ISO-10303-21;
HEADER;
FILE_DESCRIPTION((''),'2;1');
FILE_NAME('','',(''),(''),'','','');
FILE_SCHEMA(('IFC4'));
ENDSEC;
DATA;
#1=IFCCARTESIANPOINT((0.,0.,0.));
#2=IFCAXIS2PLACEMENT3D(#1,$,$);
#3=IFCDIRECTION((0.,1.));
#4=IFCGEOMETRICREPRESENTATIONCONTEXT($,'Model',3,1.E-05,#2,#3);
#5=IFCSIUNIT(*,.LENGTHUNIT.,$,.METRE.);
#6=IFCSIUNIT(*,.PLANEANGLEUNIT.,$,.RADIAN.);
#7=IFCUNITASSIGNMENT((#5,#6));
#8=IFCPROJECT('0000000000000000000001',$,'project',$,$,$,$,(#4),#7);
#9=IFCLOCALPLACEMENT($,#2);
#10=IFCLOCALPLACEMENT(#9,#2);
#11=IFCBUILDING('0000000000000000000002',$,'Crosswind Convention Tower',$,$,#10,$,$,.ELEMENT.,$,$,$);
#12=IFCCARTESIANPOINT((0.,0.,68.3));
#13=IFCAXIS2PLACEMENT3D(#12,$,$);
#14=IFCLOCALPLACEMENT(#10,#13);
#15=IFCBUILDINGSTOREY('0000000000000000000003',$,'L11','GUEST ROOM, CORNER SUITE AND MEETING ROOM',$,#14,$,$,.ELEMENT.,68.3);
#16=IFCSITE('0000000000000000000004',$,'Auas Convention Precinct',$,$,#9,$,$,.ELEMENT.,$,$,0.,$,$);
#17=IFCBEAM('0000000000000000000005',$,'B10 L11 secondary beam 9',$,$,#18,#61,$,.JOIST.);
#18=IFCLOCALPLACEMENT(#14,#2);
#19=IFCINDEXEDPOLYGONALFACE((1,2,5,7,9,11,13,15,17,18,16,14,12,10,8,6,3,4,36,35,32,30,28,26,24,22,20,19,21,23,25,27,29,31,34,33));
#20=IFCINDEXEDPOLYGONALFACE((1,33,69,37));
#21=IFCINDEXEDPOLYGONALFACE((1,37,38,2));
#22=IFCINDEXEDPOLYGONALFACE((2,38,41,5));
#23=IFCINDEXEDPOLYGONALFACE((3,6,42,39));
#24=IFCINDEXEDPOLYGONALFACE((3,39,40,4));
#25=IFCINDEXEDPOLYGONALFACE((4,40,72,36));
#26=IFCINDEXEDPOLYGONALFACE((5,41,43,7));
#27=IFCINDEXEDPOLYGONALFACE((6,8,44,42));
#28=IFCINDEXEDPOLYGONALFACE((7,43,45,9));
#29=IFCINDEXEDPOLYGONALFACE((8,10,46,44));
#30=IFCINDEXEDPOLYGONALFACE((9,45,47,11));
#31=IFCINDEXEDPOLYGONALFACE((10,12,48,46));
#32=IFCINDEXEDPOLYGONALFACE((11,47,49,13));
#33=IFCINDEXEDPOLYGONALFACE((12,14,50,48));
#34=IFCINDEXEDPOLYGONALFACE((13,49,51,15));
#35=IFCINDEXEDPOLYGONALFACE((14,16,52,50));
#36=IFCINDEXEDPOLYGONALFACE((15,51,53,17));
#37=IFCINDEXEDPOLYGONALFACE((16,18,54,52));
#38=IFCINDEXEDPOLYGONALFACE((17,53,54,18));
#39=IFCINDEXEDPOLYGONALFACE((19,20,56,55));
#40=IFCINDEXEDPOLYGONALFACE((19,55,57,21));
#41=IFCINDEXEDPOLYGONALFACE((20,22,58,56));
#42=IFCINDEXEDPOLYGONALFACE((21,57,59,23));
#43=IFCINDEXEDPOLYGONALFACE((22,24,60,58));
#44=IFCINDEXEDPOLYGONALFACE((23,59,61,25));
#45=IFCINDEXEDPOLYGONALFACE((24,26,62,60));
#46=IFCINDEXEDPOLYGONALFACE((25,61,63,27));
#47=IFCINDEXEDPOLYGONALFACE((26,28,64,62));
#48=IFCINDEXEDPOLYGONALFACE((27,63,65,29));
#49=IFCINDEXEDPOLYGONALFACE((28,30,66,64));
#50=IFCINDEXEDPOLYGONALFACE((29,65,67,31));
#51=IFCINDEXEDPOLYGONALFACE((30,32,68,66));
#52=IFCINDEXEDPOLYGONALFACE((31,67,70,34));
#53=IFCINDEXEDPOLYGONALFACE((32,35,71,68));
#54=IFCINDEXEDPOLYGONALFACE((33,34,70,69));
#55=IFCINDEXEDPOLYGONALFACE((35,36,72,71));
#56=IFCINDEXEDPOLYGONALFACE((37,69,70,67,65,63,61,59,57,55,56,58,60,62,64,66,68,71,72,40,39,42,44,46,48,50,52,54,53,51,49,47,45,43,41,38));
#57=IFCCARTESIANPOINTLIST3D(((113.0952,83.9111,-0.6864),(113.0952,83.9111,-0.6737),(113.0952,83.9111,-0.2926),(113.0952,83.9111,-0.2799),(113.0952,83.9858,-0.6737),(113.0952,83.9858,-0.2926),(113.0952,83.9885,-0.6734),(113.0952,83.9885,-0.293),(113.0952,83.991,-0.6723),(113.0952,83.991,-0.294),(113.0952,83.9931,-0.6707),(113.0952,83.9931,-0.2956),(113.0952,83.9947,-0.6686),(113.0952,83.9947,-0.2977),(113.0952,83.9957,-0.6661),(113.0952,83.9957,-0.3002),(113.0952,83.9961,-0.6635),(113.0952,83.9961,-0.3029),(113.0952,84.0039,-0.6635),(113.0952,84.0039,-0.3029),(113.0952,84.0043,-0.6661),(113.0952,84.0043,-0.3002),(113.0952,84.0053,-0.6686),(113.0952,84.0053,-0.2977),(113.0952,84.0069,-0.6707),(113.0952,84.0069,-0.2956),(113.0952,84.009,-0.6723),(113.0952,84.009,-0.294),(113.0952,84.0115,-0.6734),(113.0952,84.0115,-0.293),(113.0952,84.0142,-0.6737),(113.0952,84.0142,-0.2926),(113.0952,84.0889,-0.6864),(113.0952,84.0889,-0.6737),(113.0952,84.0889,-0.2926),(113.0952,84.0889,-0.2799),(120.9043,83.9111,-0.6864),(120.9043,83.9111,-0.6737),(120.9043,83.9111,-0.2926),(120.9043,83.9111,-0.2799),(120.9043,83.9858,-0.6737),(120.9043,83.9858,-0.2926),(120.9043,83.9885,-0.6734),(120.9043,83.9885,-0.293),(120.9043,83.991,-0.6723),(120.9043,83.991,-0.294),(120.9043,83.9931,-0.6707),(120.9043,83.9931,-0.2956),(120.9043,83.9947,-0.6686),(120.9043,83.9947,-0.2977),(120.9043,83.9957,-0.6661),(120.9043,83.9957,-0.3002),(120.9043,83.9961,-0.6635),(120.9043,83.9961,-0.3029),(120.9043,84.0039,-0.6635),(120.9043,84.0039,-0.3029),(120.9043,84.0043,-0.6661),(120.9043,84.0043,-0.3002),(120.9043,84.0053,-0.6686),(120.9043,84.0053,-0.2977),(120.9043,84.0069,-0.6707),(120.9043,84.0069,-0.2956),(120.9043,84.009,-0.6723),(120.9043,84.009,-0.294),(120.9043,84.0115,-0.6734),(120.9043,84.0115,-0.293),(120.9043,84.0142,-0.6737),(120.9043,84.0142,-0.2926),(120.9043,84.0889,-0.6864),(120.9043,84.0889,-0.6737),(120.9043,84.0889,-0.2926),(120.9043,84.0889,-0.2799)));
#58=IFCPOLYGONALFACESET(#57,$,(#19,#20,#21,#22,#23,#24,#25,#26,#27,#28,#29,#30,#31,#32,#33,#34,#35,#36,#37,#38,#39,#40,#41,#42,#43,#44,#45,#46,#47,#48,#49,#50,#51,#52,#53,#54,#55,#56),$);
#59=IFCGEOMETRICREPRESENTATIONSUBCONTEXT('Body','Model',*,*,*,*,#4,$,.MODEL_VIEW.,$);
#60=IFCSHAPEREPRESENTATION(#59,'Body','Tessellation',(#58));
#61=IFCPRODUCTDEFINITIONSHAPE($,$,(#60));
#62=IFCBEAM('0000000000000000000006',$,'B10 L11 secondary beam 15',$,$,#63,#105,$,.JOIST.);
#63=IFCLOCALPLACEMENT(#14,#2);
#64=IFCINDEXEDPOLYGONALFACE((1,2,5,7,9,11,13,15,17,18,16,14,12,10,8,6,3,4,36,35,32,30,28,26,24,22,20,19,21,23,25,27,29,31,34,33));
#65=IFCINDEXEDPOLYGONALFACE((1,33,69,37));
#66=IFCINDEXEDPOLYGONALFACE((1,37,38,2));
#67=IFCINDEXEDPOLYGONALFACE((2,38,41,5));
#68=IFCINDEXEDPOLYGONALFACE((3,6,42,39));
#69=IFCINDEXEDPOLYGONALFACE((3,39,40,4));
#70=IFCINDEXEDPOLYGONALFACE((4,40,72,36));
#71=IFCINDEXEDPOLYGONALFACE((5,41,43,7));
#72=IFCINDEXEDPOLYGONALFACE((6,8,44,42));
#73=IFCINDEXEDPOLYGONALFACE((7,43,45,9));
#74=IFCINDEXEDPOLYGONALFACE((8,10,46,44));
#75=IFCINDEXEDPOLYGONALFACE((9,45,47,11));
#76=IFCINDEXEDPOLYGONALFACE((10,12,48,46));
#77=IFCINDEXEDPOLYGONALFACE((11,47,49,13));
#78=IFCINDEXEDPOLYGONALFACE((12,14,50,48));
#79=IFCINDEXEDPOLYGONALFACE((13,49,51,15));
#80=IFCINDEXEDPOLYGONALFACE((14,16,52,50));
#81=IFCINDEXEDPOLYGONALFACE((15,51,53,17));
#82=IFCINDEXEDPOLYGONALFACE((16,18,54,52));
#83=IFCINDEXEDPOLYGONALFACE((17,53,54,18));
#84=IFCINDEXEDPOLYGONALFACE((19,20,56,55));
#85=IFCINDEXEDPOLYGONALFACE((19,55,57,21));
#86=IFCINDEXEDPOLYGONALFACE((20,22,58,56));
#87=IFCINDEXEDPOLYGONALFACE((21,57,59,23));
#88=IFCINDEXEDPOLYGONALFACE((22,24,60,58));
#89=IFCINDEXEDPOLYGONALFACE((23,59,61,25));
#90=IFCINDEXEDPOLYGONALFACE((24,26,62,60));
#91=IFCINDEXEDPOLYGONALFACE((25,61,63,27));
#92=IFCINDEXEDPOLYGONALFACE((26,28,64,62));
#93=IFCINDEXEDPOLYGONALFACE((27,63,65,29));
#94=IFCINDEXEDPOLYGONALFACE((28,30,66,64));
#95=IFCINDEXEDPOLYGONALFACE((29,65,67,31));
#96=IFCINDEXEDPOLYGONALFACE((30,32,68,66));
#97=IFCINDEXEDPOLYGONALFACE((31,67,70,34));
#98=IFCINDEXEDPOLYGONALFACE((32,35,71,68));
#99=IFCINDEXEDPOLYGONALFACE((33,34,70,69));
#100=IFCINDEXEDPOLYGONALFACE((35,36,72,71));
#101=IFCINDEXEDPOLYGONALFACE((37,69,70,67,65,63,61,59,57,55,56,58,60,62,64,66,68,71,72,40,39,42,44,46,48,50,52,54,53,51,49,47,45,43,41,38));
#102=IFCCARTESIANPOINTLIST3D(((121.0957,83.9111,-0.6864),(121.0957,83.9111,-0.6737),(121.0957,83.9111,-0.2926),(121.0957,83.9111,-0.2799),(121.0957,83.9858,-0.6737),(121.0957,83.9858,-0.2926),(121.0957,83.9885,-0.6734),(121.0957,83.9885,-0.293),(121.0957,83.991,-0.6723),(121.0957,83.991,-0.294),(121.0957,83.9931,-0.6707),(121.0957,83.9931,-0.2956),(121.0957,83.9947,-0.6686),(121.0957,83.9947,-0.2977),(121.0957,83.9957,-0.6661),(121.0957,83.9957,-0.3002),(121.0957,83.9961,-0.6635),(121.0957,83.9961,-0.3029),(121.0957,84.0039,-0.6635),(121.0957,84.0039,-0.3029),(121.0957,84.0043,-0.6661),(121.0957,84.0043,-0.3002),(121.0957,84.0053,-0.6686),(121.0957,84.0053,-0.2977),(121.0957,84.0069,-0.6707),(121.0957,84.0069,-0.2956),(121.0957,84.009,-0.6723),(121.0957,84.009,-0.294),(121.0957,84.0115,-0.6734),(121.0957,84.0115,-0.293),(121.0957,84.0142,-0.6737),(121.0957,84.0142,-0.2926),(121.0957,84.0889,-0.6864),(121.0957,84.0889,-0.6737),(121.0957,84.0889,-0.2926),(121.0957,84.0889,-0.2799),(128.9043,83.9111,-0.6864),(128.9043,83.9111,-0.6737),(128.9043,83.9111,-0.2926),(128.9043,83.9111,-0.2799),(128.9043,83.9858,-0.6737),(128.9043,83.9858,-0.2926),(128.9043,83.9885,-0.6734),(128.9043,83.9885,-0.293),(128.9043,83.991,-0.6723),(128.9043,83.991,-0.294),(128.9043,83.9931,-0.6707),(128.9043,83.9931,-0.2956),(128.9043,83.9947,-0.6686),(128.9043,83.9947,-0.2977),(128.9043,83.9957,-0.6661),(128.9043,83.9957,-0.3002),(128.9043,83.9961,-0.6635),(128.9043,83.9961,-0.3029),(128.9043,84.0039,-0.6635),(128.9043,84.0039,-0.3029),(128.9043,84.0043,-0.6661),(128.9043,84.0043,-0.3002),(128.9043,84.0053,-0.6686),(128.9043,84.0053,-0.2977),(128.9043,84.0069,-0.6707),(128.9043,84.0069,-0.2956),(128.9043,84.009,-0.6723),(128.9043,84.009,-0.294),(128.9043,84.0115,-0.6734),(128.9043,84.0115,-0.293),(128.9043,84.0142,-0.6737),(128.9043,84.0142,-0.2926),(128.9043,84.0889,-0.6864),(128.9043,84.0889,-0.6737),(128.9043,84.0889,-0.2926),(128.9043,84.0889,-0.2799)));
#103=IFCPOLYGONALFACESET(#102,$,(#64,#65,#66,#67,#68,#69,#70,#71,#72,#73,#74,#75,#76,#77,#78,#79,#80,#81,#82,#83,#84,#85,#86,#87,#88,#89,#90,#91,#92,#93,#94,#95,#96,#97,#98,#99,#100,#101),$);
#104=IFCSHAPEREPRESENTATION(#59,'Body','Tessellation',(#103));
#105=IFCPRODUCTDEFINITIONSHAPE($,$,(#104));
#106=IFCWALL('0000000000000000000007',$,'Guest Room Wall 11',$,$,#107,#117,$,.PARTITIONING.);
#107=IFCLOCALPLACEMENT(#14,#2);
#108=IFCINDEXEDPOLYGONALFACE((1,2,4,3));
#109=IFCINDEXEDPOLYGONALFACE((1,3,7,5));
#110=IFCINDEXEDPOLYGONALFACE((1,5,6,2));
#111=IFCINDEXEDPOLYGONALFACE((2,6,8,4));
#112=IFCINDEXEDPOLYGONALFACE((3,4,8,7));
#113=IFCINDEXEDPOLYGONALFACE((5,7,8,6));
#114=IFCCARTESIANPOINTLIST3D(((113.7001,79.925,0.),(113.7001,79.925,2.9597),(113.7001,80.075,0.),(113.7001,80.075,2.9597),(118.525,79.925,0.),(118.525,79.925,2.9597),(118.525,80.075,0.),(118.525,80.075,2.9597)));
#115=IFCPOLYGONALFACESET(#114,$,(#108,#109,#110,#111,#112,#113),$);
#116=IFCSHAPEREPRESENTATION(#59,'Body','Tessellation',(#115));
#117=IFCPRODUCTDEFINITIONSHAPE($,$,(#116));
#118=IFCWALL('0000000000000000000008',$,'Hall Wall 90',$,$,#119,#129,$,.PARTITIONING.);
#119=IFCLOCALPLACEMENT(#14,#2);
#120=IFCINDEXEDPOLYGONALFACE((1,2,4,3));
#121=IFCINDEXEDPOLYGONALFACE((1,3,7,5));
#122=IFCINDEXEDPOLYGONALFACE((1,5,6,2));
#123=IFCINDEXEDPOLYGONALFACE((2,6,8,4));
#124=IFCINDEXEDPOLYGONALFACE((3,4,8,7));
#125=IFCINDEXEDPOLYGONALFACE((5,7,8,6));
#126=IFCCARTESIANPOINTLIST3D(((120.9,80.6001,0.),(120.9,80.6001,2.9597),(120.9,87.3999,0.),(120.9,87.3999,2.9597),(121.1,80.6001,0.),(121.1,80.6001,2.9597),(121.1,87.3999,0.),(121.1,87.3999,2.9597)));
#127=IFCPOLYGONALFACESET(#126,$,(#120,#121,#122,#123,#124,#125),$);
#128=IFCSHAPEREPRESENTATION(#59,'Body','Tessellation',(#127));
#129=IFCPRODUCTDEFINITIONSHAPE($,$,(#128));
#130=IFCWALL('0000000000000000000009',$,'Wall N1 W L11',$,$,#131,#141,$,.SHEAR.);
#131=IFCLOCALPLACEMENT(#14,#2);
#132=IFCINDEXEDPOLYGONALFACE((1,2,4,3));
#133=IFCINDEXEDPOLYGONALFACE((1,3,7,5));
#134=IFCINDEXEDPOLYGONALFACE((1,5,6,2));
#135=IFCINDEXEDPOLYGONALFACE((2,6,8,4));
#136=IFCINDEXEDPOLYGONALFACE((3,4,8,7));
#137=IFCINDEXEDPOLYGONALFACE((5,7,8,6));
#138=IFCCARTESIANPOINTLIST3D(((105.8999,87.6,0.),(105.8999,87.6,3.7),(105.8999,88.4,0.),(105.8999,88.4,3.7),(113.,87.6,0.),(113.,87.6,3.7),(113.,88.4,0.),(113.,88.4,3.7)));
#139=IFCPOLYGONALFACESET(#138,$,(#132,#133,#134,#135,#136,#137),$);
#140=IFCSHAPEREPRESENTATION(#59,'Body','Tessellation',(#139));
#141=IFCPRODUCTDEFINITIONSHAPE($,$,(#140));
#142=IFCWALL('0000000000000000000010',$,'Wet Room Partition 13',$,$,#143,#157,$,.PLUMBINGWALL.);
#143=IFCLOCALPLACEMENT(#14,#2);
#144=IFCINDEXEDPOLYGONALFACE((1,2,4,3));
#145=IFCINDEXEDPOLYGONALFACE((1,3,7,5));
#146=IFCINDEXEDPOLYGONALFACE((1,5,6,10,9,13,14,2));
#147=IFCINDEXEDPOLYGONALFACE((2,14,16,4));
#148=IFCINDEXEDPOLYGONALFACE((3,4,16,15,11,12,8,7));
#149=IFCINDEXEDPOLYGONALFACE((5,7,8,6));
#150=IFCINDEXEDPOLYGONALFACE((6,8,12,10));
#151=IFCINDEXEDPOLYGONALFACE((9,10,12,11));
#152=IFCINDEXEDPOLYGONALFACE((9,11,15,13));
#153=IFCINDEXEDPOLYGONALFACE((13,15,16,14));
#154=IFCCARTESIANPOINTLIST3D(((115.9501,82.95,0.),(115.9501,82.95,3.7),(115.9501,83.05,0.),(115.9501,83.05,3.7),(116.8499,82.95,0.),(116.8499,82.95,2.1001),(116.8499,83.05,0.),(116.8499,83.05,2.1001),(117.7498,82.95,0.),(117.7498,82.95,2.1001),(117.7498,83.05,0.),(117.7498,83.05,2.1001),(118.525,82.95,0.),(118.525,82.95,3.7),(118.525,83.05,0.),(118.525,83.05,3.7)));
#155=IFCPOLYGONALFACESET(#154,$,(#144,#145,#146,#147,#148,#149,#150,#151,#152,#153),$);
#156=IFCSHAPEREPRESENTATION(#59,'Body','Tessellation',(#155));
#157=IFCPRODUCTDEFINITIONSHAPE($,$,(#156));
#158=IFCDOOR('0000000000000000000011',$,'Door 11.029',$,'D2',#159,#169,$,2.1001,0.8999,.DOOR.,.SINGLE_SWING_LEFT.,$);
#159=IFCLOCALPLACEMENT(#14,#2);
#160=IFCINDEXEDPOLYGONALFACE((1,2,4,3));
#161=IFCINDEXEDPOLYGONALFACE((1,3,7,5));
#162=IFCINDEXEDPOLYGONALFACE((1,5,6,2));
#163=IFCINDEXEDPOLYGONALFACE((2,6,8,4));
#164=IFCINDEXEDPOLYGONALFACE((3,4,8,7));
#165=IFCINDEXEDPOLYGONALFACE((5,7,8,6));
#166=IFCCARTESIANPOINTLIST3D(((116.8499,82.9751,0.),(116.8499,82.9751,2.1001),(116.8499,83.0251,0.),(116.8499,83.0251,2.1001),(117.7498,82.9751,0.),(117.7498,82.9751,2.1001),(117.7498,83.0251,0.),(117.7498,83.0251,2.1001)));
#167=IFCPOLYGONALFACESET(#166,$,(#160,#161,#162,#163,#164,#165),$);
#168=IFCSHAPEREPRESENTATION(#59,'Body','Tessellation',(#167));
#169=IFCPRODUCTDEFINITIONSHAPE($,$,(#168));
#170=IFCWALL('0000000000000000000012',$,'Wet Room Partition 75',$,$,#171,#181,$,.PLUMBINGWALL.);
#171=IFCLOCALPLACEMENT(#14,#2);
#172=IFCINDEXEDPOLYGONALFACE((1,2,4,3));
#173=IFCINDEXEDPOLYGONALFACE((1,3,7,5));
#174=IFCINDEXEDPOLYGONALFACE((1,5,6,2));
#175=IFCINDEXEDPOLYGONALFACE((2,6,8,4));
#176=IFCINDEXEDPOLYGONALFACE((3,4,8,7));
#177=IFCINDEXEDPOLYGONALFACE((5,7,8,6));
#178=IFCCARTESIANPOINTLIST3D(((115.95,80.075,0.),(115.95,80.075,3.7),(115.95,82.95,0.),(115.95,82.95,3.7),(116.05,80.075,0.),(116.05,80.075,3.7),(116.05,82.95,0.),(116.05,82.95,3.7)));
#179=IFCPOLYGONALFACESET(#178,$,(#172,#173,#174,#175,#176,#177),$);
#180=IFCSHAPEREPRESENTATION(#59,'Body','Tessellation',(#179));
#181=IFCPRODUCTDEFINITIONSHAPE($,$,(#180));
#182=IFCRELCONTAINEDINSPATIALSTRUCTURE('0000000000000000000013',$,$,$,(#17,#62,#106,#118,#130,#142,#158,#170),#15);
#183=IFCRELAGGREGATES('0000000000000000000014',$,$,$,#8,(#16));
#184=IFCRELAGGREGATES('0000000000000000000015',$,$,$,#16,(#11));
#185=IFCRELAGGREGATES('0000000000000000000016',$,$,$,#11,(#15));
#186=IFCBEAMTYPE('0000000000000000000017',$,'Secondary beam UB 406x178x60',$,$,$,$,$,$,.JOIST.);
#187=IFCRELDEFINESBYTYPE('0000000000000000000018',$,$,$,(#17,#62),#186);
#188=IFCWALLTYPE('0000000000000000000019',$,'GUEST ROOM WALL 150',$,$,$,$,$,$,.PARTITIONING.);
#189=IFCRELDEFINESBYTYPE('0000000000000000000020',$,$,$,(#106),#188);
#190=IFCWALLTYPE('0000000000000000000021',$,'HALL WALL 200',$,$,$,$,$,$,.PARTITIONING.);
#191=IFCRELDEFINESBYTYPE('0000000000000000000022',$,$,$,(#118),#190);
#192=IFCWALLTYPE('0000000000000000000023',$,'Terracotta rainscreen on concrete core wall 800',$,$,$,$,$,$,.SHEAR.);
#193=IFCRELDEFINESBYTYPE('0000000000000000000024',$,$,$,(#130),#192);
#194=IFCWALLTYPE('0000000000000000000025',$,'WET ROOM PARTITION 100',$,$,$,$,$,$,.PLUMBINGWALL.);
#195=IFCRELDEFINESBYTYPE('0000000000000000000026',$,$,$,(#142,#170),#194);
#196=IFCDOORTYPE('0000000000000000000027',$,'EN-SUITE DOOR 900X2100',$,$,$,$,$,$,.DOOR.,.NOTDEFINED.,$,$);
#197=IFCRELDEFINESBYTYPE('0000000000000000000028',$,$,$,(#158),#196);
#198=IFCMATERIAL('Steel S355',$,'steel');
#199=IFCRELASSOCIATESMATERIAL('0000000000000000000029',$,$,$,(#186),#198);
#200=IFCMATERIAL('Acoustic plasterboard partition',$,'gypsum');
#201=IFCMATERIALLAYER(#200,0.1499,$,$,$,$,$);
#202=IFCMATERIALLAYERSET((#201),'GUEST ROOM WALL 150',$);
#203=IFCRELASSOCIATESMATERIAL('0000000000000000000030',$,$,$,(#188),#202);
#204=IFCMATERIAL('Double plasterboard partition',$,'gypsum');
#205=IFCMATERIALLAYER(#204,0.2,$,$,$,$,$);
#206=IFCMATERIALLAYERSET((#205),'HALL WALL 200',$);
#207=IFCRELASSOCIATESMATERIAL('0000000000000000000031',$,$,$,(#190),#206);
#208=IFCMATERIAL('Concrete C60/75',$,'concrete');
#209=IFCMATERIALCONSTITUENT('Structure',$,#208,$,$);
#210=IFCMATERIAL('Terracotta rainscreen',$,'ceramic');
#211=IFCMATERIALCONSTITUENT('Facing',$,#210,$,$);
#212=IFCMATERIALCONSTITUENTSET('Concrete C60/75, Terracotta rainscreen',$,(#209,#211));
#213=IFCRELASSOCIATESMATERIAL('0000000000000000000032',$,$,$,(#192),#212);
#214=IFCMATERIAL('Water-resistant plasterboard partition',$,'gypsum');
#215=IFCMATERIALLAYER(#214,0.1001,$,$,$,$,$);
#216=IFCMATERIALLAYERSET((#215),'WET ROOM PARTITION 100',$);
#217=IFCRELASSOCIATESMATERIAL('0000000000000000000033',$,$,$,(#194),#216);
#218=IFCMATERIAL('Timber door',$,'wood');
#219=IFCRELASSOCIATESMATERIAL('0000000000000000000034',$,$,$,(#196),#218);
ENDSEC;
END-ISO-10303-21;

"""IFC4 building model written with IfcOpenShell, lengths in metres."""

from ifc_helpers import new_model, si_unit, direction, frame, frame_2d, origin, origin_2d, place, context, subcontext, project, spatial, rectangle, i_section, extrude, material, layer, layer_set, constituent, constituent_set, material_profile, profile_set, type_object, element, fill, save


model = new_model("IFC4")

# Units and contexts
model_context = context("Model", 3, precision=1e-05, world=origin(), true_north=direction((0.0, 1.0)))
body_context = subcontext(model_context, "Body", "Model", "MODEL_VIEW")
ifc_project = project(units=[si_unit("LENGTHUNIT", "METRE"), si_unit("PLANEANGLEUNIT", "RADIAN")], contexts=[model_context])

# Site, building, storey
site_placement = place(None, origin())
site = spatial("IfcSite", under=ifc_project, at=site_placement, Name="Auas Convention Precinct", CompositionType="ELEMENT", RefElevation=0.0)
building_placement = place(site_placement, origin())
building = spatial("IfcBuilding", under=site, at=building_placement, Name="Crosswind Convention Tower", CompositionType="ELEMENT")
storey_placement = place(building_placement, frame((0.0, 0.0, 68.3)))
storey = spatial("IfcBuildingStorey", under=building, at=storey_placement, Name="L11", Description="GUEST ROOM, CORNER SUITE AND MEETING ROOM", CompositionType="ELEMENT", Elevation=68.3)

# Shared definitions
ifc_material_1 = material(Name="Steel S355", Category="steel")

# Beams
ifc_material_profile_1 = material_profile(ifc_material_1, i_section(OverallWidth=0.1777, OverallDepth=0.4065, WebThickness=0.0078, FlangeThickness=0.0127, FilletRadius=0.0103, at=origin_2d()), Name="UB 406x178x60")
ifc_profile_set_1 = profile_set([ifc_material_profile_1], Name="Steel S355")
beam_type_1 = type_object("IfcBeamType", Name="Secondary beam UB 406x178x60", PredefinedType="JOIST", material=ifc_profile_set_1)
beam_1_placement = place(storey_placement, frame((113.0952, 84.0, -0.4832), z_axis=(1.0, 0.0, 0.0), x_axis=(0.0, 1.0, 0.0)))
element("IfcBeam", 1, at=beam_1_placement, inside=storey, type_object=beam_type_1, Name="B10 L11 secondary beam 9", PredefinedType="JOIST", context=body_context, shape_type="SweptSolid", body=[
    extrude(i_section(OverallWidth=0.1777, OverallDepth=0.4065, WebThickness=0.0078, FlangeThickness=0.0127, FilletRadius=0.0103, at=origin_2d()), origin(), (0.0, 0.0, 1.0), 7.8091),
])
beam_2_placement = place(storey_placement, frame((121.0957, 84.0, -0.4832), z_axis=(1.0, 0.0, 0.0), x_axis=(0.0, 1.0, 0.0)))
element("IfcBeam", 2, at=beam_2_placement, inside=storey, type_object=beam_type_1, Name="B10 L11 secondary beam 15", PredefinedType="JOIST", context=body_context, shape_type="SweptSolid", body=[
    extrude(i_section(OverallWidth=0.1777, OverallDepth=0.4065, WebThickness=0.0078, FlangeThickness=0.0127, FilletRadius=0.0103, at=origin_2d()), origin(), (0.0, 0.0, 1.0), 7.8086),
])

# Walls
ifc_material_2 = material(Name="Acoustic plasterboard partition", Category="gypsum")
ifc_layer_1 = layer(ifc_material_2, 0.1499)
ifc_layer_set_1 = layer_set([ifc_layer_1], Name="GUEST ROOM WALL 150")
wall_type_1 = type_object("IfcWallType", Name="GUEST ROOM WALL 150", PredefinedType="PARTITIONING", material=ifc_layer_set_1)
wall_1_placement = place(storey_placement, frame((113.7, 80.0, 0.0), z_axis=(0.0, 0.0, 1.0), x_axis=(1.0, 0.0, 0.0)))
element("IfcWall", 3, at=wall_1_placement, inside=storey, type_object=wall_type_1, Name="Guest Room Wall 11", PredefinedType="PARTITIONING", context=body_context, shape_type="SweptSolid", body=[
    extrude(rectangle(XDim=4.825, YDim=0.1499, at=frame_2d((2.4126, 0.0))), origin(), (0.0, 0.0, 1.0), 2.9597),
])
ifc_material_3 = material(Name="Double plasterboard partition", Category="gypsum")
ifc_layer_2 = layer(ifc_material_3, 0.2)
ifc_layer_set_2 = layer_set([ifc_layer_2], Name="HALL WALL 200")
wall_type_2 = type_object("IfcWallType", Name="HALL WALL 200", PredefinedType="PARTITIONING", material=ifc_layer_set_2)
wall_2_placement = place(storey_placement, frame((121.0, 80.6001, 0.0), z_axis=(0.0, 0.0, 1.0), x_axis=(0.0, 1.0, 0.0)))
element("IfcWall", 4, at=wall_2_placement, inside=storey, type_object=wall_type_2, Name="Hall Wall 90", PredefinedType="PARTITIONING", context=body_context, shape_type="SweptSolid", body=[
    extrude(rectangle(XDim=6.7998, YDim=0.2, at=frame_2d((3.3999, 0.0))), origin(), (0.0, 0.0, 1.0), 2.9597),
])
ifc_material_4 = material(Name="Concrete C60/75", Category="concrete")
ifc_constituent_1 = constituent(ifc_material_4, Name="Structure")
ifc_material_5 = material(Name="Terracotta rainscreen", Category="ceramic")
ifc_constituent_2 = constituent(ifc_material_5, Name="Facing")
ifc_constituent_set = constituent_set(constituents=[ifc_constituent_1, ifc_constituent_2], Name="Concrete C60/75, Terracotta rainscreen")
wall_type_3 = type_object("IfcWallType", Name="Terracotta rainscreen on concrete core wall 800", PredefinedType="SHEAR", material=ifc_constituent_set)
wall_3_placement = place(storey_placement, frame((113.0, 88.0, 0.0), z_axis=(0.0, 0.0, 1.0), x_axis=(-1.0, 0.0, 0.0)))
element("IfcWall", 5, at=wall_3_placement, inside=storey, type_object=wall_type_3, Name="Wall N1 W L11", PredefinedType="SHEAR", context=body_context, shape_type="SweptSolid", body=[
    extrude(rectangle(XDim=7.1001, YDim=0.8, at=frame_2d((3.55, 0.0))), origin(), (0.0, 0.0, 1.0), 3.7),
])

# Wall, opening, door
ifc_material_6 = material(Name="Water-resistant plasterboard partition", Category="gypsum")
ifc_layer_3 = layer(ifc_material_6, 0.1001)
ifc_layer_set_3 = layer_set([ifc_layer_3], Name="WET ROOM PARTITION 100")
wall_type_4 = type_object("IfcWallType", Name="WET ROOM PARTITION 100", PredefinedType="PLUMBINGWALL", material=ifc_layer_set_3)
wall_4_placement = place(storey_placement, frame((115.95, 83.0, 0.0), z_axis=(0.0, 0.0, 1.0), x_axis=(1.0, 0.0, 0.0)))
wall_4 = element("IfcWall", 6, at=wall_4_placement, inside=storey, type_object=wall_type_4, Name="Wet Room Partition 13", PredefinedType="PLUMBINGWALL", context=body_context, shape_type="SweptSolid", body=[
    extrude(rectangle(XDim=2.575, YDim=0.1001, at=frame_2d((1.2876, 0.0))), origin(), (0.0, 0.0, 1.0), 3.7),
])
opening_placement = place(wall_4_placement, frame((0.8999, 0.0, 0.0)))
opening = element("IfcOpeningElement", 7, at=opening_placement, cuts=wall_4, PredefinedType="OPENING", context=body_context, shape_type="SweptSolid", body=[
    extrude(rectangle(XDim=0.8999, YDim=2.1001, at=frame_2d((0.45, 1.05))), frame((0.0, 0.0601, 0.0), z_axis=(0.0, -1.0, 0.0), x_axis=(1.0, 0.0, 0.0)), (0.0, 0.0, 1.0), 0.1201),
])
ifc_material_7 = material(Name="Timber door", Category="wood")
door_type = type_object("IfcDoorType", Name="EN-SUITE DOOR 900X2100", OperationType="NOTDEFINED", PredefinedType="DOOR", material=ifc_material_7)
door_placement = place(opening_placement, frame((0.8999, 0.0, 0.0), z_axis=(0.0, 0.0, 1.0), x_axis=(-1.0, 0.0, 0.0)))
door = element("IfcDoor", 8, at=door_placement, inside=storey, type_object=door_type, Name="Door 11.029", ObjectType="D2", OperationType="SINGLE_SWING_LEFT", OverallHeight=2.1001, OverallWidth=0.8999, PredefinedType="DOOR", context=body_context, shape_type="SweptSolid", body=[
    extrude(rectangle(XDim=0.8999, YDim=2.1001, at=frame_2d((0.45, 1.05))), frame((0.0, 0.0249, 0.0), z_axis=(0.0, -1.0, 0.0), x_axis=(1.0, 0.0, 0.0)), (0.0, 0.0, 1.0), 0.05),
])
fill(opening, door)

# Wall
wall_5_placement = place(storey_placement, frame((116.0, 80.075, 0.0), z_axis=(0.0, 0.0, 1.0), x_axis=(0.0, 1.0, 0.0)))
element("IfcWall", 9, at=wall_5_placement, inside=storey, type_object=wall_type_4, Name="Wet Room Partition 75", PredefinedType="PLUMBINGWALL", context=body_context, shape_type="SweptSolid", body=[
    extrude(rectangle(XDim=2.875, YDim=0.1001, at=frame_2d((1.4375, 0.0))), origin(), (0.0, 0.0, 1.0), 3.7),
])

save(model, "model.ifc")
